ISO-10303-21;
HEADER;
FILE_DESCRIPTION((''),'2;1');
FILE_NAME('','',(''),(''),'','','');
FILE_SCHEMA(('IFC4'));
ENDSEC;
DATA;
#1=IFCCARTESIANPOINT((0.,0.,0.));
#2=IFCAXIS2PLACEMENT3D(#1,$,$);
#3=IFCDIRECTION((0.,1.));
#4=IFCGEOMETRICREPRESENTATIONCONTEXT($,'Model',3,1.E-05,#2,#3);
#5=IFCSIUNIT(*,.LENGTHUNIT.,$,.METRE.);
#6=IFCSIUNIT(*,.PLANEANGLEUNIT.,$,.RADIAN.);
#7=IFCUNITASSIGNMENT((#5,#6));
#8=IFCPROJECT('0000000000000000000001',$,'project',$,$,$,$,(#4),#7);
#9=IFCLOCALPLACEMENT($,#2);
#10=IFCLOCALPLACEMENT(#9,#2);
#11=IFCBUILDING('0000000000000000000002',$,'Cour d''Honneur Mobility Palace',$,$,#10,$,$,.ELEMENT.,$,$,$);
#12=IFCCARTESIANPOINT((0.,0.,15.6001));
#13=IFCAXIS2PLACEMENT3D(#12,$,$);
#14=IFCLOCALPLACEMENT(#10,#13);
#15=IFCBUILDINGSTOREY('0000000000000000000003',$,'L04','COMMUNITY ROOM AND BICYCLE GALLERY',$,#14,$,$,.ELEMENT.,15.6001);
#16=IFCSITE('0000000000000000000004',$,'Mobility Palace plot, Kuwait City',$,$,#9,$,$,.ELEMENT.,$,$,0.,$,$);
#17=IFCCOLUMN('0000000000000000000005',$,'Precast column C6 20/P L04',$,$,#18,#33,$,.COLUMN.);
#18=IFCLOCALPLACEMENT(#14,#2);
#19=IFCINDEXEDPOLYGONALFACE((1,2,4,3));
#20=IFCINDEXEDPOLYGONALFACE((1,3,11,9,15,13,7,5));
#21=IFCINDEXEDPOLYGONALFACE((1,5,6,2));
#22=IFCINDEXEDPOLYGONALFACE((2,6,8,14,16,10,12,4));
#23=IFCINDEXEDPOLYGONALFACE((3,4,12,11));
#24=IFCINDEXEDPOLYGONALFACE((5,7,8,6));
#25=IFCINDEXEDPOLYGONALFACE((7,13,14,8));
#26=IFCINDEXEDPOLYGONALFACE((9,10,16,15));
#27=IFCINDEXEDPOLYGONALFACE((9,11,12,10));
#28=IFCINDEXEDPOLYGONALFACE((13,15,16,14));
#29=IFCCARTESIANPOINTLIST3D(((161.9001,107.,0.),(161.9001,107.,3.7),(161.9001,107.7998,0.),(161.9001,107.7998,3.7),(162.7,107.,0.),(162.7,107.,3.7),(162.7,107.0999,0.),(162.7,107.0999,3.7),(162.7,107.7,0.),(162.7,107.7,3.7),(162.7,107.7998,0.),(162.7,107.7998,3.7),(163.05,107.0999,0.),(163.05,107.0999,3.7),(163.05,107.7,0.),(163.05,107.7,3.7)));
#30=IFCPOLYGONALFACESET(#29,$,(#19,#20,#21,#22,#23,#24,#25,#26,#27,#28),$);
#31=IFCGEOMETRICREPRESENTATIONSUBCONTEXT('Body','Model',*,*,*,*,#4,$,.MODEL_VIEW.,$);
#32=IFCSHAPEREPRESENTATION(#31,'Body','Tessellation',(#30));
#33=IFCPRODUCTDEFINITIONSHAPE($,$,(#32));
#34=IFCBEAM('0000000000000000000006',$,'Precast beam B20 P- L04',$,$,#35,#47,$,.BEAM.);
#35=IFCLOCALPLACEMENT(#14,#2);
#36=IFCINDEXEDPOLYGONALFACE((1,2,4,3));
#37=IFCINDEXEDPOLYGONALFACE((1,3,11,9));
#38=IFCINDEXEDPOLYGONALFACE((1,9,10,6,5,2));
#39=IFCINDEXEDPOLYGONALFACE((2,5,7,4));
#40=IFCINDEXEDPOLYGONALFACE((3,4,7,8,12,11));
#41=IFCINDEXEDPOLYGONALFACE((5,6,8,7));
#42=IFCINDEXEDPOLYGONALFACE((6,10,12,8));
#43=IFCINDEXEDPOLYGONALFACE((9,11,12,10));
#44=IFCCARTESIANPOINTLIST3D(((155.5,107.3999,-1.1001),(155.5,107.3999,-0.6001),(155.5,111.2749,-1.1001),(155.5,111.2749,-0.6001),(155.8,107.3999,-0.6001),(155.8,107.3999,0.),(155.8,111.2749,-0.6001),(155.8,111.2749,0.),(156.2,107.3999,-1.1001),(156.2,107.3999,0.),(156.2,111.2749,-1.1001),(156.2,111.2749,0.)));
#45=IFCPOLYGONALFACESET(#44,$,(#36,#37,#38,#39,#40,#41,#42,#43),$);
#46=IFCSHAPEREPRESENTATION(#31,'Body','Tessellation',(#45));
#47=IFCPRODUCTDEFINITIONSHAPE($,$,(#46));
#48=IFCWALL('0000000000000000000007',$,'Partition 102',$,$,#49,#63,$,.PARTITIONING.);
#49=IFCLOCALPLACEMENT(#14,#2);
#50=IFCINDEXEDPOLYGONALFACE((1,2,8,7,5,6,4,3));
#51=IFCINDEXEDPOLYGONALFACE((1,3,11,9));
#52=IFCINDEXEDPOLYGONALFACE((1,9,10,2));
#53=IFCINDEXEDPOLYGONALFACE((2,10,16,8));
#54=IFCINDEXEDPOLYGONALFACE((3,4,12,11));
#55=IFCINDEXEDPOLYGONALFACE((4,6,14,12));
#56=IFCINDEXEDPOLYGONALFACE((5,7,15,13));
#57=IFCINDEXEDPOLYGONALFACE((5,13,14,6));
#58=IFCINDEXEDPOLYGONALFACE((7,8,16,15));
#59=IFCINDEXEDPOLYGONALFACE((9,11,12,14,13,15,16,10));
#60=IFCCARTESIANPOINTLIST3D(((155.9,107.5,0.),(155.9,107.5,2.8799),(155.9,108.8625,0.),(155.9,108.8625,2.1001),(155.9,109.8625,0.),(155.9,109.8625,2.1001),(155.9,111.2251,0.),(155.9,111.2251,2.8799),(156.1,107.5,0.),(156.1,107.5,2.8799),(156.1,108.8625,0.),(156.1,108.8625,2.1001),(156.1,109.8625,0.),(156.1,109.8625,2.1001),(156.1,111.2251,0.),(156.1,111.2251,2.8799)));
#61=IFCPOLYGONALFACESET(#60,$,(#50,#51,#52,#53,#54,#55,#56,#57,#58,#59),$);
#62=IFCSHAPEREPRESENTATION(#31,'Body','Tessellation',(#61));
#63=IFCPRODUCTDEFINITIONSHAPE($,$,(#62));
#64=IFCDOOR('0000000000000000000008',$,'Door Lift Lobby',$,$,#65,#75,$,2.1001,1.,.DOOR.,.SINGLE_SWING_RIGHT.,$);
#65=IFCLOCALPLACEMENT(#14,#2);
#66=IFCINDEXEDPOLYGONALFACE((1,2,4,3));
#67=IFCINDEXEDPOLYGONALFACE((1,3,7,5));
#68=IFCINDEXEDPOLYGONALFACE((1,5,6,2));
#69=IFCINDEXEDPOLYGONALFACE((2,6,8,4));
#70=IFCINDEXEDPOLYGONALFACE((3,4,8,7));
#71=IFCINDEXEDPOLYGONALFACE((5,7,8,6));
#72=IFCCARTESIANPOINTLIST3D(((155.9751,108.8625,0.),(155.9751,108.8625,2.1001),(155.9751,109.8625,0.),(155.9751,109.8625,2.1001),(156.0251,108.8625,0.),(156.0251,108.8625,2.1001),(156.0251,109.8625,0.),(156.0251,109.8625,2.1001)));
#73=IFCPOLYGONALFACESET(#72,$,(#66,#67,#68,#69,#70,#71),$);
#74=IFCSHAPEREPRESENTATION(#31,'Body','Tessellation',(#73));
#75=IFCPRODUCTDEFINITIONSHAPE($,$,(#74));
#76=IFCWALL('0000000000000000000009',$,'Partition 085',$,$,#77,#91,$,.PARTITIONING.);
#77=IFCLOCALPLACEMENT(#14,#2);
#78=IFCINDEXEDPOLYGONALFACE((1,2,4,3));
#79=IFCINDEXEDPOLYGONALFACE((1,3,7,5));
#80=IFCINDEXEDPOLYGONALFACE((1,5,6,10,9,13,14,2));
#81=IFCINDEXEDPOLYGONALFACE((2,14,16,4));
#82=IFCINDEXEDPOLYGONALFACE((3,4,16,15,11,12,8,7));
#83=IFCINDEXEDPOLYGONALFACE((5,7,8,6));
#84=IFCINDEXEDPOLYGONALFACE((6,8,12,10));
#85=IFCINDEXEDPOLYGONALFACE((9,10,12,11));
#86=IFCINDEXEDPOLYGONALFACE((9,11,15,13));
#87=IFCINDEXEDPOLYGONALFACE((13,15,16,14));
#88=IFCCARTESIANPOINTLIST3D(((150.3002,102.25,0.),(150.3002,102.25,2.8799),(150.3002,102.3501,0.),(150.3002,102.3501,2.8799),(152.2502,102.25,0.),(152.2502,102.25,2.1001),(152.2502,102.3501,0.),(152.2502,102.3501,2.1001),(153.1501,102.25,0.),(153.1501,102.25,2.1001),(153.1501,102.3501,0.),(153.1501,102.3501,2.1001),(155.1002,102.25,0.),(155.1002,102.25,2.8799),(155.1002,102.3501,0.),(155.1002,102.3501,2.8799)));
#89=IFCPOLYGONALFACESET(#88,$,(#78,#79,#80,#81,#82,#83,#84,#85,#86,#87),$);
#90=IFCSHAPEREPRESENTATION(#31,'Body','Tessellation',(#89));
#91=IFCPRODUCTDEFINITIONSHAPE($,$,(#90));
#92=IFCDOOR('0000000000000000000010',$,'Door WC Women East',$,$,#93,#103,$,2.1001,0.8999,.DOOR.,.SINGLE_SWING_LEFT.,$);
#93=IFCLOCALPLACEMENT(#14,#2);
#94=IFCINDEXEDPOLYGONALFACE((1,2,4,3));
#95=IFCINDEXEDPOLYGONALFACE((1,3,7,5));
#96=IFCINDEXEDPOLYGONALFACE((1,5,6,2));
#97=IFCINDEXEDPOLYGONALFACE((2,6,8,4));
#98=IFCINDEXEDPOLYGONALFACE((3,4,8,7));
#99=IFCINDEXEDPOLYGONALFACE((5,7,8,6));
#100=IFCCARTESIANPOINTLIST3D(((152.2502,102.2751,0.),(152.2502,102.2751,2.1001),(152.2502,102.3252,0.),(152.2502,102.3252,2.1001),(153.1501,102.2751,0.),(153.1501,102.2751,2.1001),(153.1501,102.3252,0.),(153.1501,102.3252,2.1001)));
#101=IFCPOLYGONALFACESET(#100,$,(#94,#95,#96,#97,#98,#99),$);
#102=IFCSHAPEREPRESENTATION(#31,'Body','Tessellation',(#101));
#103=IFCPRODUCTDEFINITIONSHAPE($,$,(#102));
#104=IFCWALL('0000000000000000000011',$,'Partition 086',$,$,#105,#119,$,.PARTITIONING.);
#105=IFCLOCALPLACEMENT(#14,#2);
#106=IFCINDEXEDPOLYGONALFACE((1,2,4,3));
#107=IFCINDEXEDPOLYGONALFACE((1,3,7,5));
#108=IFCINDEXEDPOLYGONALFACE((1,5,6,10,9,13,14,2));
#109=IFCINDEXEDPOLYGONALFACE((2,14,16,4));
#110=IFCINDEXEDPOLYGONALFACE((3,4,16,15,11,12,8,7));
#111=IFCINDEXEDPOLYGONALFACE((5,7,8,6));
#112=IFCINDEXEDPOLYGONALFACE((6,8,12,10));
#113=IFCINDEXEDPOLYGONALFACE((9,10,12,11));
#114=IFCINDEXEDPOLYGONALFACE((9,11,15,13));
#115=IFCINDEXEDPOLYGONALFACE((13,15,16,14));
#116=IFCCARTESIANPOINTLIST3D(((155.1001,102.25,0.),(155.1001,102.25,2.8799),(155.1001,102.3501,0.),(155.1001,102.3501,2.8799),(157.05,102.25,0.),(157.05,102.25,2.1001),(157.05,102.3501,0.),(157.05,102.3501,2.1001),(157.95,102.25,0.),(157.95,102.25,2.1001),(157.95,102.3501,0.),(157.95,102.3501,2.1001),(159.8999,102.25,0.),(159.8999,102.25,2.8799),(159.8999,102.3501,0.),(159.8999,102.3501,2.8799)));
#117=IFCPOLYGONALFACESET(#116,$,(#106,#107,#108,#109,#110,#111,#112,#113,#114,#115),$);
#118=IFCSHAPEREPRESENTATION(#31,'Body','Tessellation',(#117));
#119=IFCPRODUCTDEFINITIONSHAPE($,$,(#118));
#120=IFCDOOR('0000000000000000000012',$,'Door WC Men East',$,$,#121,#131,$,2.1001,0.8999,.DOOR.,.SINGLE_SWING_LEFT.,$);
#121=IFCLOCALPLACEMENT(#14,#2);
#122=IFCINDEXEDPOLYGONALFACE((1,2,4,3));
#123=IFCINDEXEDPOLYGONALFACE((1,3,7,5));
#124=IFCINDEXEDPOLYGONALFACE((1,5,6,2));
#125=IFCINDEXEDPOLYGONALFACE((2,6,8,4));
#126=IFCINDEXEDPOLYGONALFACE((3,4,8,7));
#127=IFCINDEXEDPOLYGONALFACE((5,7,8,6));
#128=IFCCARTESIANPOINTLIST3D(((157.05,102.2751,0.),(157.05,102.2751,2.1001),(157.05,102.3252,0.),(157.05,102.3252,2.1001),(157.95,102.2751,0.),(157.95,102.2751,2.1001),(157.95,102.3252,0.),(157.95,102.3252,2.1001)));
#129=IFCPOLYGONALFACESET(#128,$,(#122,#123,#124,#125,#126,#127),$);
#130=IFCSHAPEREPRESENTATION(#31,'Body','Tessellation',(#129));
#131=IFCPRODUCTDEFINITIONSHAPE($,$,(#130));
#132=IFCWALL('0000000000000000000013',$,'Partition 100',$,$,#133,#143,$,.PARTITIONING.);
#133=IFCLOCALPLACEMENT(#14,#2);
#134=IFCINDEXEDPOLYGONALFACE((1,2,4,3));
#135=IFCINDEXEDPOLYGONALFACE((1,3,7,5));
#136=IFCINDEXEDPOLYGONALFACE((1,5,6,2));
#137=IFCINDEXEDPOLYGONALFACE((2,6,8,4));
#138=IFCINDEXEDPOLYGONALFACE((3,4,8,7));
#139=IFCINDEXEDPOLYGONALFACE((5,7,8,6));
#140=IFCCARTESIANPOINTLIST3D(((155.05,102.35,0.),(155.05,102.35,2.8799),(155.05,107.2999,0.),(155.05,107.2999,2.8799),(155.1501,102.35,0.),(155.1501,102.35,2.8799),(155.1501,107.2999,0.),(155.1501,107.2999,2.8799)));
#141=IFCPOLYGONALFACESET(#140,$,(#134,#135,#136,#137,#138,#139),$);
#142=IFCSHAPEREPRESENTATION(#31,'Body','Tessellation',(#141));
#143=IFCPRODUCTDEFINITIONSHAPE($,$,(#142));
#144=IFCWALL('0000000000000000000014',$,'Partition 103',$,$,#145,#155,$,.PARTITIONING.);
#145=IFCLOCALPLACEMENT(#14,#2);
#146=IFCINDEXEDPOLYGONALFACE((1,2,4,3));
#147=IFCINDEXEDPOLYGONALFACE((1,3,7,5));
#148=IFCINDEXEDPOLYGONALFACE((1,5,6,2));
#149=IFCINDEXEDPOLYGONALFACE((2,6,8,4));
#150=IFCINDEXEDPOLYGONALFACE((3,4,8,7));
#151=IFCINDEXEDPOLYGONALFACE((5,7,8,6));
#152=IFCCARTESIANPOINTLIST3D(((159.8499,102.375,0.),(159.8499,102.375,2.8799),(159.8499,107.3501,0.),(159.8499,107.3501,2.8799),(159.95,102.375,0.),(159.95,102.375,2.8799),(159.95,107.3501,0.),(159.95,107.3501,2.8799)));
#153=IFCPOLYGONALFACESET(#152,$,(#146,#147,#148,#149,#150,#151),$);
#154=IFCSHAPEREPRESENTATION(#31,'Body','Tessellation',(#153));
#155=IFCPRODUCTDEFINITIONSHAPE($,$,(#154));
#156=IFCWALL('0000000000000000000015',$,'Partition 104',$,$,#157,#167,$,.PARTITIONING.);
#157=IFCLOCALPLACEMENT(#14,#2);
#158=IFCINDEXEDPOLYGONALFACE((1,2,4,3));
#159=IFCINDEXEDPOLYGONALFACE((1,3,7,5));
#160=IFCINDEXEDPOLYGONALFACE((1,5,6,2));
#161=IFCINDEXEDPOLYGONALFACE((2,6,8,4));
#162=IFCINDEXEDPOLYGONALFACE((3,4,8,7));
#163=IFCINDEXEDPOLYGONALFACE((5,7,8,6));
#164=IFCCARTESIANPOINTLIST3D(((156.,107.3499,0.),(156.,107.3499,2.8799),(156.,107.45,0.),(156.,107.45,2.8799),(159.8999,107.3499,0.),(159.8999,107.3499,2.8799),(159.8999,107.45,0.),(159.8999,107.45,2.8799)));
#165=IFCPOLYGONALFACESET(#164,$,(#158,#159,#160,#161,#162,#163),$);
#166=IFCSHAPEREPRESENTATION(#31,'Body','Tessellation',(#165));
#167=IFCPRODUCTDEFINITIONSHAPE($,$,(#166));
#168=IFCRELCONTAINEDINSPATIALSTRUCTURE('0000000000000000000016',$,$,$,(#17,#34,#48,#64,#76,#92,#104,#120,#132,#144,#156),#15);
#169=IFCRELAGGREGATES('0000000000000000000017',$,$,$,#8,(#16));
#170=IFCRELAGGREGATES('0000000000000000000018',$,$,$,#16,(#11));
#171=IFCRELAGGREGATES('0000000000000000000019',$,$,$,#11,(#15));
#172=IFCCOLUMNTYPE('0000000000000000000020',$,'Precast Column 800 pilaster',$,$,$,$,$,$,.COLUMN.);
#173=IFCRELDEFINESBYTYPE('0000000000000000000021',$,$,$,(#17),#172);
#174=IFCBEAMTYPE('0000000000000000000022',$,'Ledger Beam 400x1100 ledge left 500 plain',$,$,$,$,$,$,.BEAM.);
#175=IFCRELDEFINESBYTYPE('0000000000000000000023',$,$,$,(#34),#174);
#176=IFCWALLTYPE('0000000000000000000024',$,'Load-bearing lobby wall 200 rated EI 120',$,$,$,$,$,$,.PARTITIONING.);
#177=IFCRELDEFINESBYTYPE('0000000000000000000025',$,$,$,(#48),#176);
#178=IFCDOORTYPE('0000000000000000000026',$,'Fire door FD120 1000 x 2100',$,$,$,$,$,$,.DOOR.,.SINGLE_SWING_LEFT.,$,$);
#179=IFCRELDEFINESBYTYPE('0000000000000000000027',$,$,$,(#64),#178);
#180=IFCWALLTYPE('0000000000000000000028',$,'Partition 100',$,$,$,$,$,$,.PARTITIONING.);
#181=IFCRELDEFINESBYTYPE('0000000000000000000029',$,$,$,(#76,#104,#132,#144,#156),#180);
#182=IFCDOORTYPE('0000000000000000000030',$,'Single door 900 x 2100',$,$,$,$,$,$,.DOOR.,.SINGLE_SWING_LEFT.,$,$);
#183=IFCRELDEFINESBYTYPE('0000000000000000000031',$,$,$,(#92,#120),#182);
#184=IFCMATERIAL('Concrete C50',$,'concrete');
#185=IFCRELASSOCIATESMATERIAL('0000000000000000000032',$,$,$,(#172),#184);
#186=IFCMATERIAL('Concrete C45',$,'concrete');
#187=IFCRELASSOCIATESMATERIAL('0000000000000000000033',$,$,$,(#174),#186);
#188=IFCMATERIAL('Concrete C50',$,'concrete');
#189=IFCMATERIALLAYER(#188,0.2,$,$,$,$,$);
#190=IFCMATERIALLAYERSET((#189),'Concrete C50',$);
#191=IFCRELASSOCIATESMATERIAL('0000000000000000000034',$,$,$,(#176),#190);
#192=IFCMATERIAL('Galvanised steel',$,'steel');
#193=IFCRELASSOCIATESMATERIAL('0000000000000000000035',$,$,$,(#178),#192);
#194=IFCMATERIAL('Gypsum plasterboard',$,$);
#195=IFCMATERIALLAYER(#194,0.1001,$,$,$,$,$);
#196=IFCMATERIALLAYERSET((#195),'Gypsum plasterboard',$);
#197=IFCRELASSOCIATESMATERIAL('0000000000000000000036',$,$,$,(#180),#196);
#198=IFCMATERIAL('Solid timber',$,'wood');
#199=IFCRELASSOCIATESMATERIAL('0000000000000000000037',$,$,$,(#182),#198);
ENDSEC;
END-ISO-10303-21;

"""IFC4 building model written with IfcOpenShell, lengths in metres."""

from ifc_helpers import new_model, si_unit, direction, frame, frame_2d, origin, place, context, subcontext, project, spatial, polyline, rectangle, outline, extrude, material, layer, layer_set, material_profile, profile_set, type_object, element, fill, save


model = new_model("IFC4")

# Units and contexts
model_context = context("Model", 3, precision=1e-05, world=origin(), true_north=direction((0.0, 1.0)))
body_context = subcontext(model_context, "Body", "Model", "MODEL_VIEW")
ifc_project = project(units=[si_unit("LENGTHUNIT", "METRE"), si_unit("PLANEANGLEUNIT", "RADIAN")], contexts=[model_context])

# Site, building, storey
site_placement = place(None, origin())
site = spatial("IfcSite", under=ifc_project, at=site_placement, Name="Mobility Palace plot, Kuwait City", CompositionType="ELEMENT", RefElevation=0.0)
building_placement = place(site_placement, origin())
building = spatial("IfcBuilding", under=site, at=building_placement, Name="Cour d'Honneur Mobility Palace", CompositionType="ELEMENT")
storey_placement = place(building_placement, frame((0.0, 0.0, 15.6001)))
storey = spatial("IfcBuildingStorey", under=building, at=storey_placement, Name="L04", Description="COMMUNITY ROOM AND BICYCLE GALLERY", CompositionType="ELEMENT", Elevation=15.6001)

# Column
ifc_material_1 = material(Name="Concrete C50", Category="concrete")
ifc_material_profile_1 = material_profile(ifc_material_1, outline(polyline([(-0.3999, -0.3999), (0.3999, -0.3999), (0.3999, -0.3), (0.75, -0.3), (0.75, 0.3), (0.3999, 0.3), (0.3999, 0.3999), (-0.3999, 0.3999), (-0.3999, -0.3999)])), Name="PC C800 pilaster")
ifc_profile_set_1 = profile_set([ifc_material_profile_1], Name="Concrete C50")
column_type = type_object("IfcColumnType", Name="Precast Column 800 pilaster", PredefinedType="COLUMN", material=ifc_profile_set_1)
column_placement = place(storey_placement, frame((162.3, 107.3999, 0.0), z_axis=(0.0, 0.0, 1.0), x_axis=(1.0, 0.0, 0.0)))
element("IfcColumn", 1, at=column_placement, inside=storey, type_object=column_type, Name="Precast column C6 20/P L04", PredefinedType="COLUMN", context=body_context, shape_type="SweptSolid", body=[
    extrude(outline(polyline([(-0.3999, -0.3999), (0.3999, -0.3999), (0.3999, -0.3), (0.75, -0.3), (0.75, 0.3), (0.3999, 0.3), (0.3999, 0.3999), (-0.3999, 0.3999), (-0.3999, -0.3999)])), origin(), (0.0, 0.0, 1.0), 3.7),
])

# Beam
ifc_material_2 = material(Name="Concrete C45", Category="concrete")
ifc_material_profile_2 = material_profile(ifc_material_2, outline(polyline([(0.5, -1.1001), (0.5, -0.6001), (0.2, -0.6001), (0.2, 0.0), (-0.2, 0.0), (-0.2, -1.1001), (0.5, -1.1001)])), Name="Ledger Beam 400x1100 ledge left 500 plain")
ifc_profile_set_2 = profile_set([ifc_material_profile_2], Name="Concrete C45")
beam_type = type_object("IfcBeamType", Name="Ledger Beam 400x1100 ledge left 500 plain", PredefinedType="BEAM", material=ifc_profile_set_2)
beam_placement = place(storey_placement, frame((156.0, 107.3999, 0.0), z_axis=(0.0, 1.0, 0.0), x_axis=(-1.0, 0.0, 0.0)))
element("IfcBeam", 2, at=beam_placement, inside=storey, type_object=beam_type, Name="Precast beam B20 P- L04", PredefinedType="BEAM", context=body_context, shape_type="SweptSolid", body=[
    extrude(outline(polyline([(0.5, -1.1001), (0.5, -0.6001), (0.2, -0.6001), (0.2, 0.0), (-0.2, 0.0), (-0.2, -1.1001), (0.5, -1.1001)])), origin(), (0.0, 0.0, 1.0), 3.875),
])

# Walls, openings, doors
ifc_material_3 = material(Name="Concrete C50", Category="concrete")
ifc_layer_1 = layer(ifc_material_3, 0.2)
ifc_layer_set_1 = layer_set([ifc_layer_1], Name="Concrete C50")
wall_type_1 = type_object("IfcWallType", Name="Load-bearing lobby wall 200 rated EI 120", PredefinedType="PARTITIONING", material=ifc_layer_set_1)
wall_1_placement = place(storey_placement, frame((156.0, 107.5, 0.0), z_axis=(0.0, 0.0, 1.0), x_axis=(0.0, 1.0, 0.0)))
wall_1 = element("IfcWall", 3, at=wall_1_placement, inside=storey, type_object=wall_type_1, Name="Partition 102", PredefinedType="PARTITIONING", context=body_context, shape_type="SweptSolid", body=[
    extrude(rectangle(XDim=3.7251, YDim=0.2, at=frame_2d((1.8625, 0.0))), origin(), (0.0, 0.0, 1.0), 2.8799),
])
opening_1_placement = place(wall_1_placement, frame((1.3625, 0.0, 0.0)))
opening_1 = element("IfcOpeningElement", 4, at=opening_1_placement, cuts=wall_1, PredefinedType="OPENING", context=body_context, shape_type="SweptSolid", body=[
    extrude(rectangle(XDim=1.0, YDim=2.1001, at=frame_2d((0.5, 1.05))), frame((0.0, 0.1099, 0.0), z_axis=(0.0, -1.0, 0.0), x_axis=(1.0, 0.0, 0.0)), (0.0, 0.0, 1.0), 0.22),
])
ifc_material_4 = material(Name="Galvanised steel", Category="steel")
door_type_1 = type_object("IfcDoorType", Name="Fire door FD120 1000 x 2100", OperationType="SINGLE_SWING_LEFT", PredefinedType="DOOR", material=ifc_material_4)
door_1_placement = place(opening_1_placement, origin())
door_1 = element("IfcDoor", 5, at=door_1_placement, inside=storey, type_object=door_type_1, Name="Door Lift Lobby", OperationType="SINGLE_SWING_RIGHT", OverallHeight=2.1001, OverallWidth=1.0, PredefinedType="DOOR", context=body_context, shape_type="SweptSolid", body=[
    extrude(rectangle(XDim=1.0, YDim=2.1001, at=frame_2d((0.5, 1.05))), frame((0.0, 0.0249, 0.0), z_axis=(0.0, -1.0, 0.0), x_axis=(1.0, 0.0, 0.0)), (0.0, 0.0, 1.0), 0.05),
])
fill(opening_1, door_1)
ifc_material_5 = material(Name="Gypsum plasterboard")
ifc_layer_2 = layer(ifc_material_5, 0.1001)
ifc_layer_set_2 = layer_set([ifc_layer_2], Name="Gypsum plasterboard")
wall_type_2 = type_object("IfcWallType", Name="Partition 100", PredefinedType="PARTITIONING", material=ifc_layer_set_2)
wall_2_placement = place(storey_placement, frame((155.1001, 102.3, 0.0), z_axis=(0.0, 0.0, 1.0), x_axis=(-1.0, 0.0, 0.0)))
wall_2 = element("IfcWall", 6, at=wall_2_placement, inside=storey, type_object=wall_type_2, Name="Partition 085", PredefinedType="PARTITIONING", context=body_context, shape_type="SweptSolid", body=[
    extrude(rectangle(XDim=4.8, YDim=0.1001, at=frame_2d((2.3999, 0.0))), origin(), (0.0, 0.0, 1.0), 2.8799),
])
opening_2_placement = place(wall_2_placement, frame((1.95, 0.0, 0.0)))
opening_2 = element("IfcOpeningElement", 7, at=opening_2_placement, cuts=wall_2, PredefinedType="OPENING", context=body_context, shape_type="SweptSolid", body=[
    extrude(rectangle(XDim=0.8999, YDim=2.1001, at=frame_2d((0.45, 1.05))), frame((0.0, 0.0601, 0.0), z_axis=(0.0, -1.0, 0.0), x_axis=(1.0, 0.0, 0.0)), (0.0, 0.0, 1.0), 0.1201),
])
ifc_material_6 = material(Name="Solid timber", Category="wood")
door_type_2 = type_object("IfcDoorType", Name="Single door 900 x 2100", OperationType="SINGLE_SWING_LEFT", PredefinedType="DOOR", material=ifc_material_6)
door_2_placement = place(opening_2_placement, origin())
door_2 = element("IfcDoor", 8, at=door_2_placement, inside=storey, type_object=door_type_2, Name="Door WC Women East", OperationType="SINGLE_SWING_LEFT", OverallHeight=2.1001, OverallWidth=0.8999, PredefinedType="DOOR", context=body_context, shape_type="SweptSolid", body=[
    extrude(rectangle(XDim=0.8999, YDim=2.1001, at=frame_2d((0.45, 1.05))), frame((0.0, 0.0249, 0.0), z_axis=(0.0, -1.0, 0.0), x_axis=(1.0, 0.0, 0.0)), (0.0, 0.0, 1.0), 0.05),
])
fill(opening_2, door_2)
wall_3_placement = place(storey_placement, frame((159.8999, 102.3, 0.0), z_axis=(0.0, 0.0, 1.0), x_axis=(-1.0, 0.0, 0.0)))
wall_3 = element("IfcWall", 9, at=wall_3_placement, inside=storey, type_object=wall_type_2, Name="Partition 086", PredefinedType="PARTITIONING", context=body_context, shape_type="SweptSolid", body=[
    extrude(rectangle(XDim=4.7998, YDim=0.1001, at=frame_2d((2.3999, 0.0))), origin(), (0.0, 0.0, 1.0), 2.8799),
])
opening_3_placement = place(wall_3_placement, frame((1.95, 0.0, 0.0)))
opening_3 = element("IfcOpeningElement", 10, at=opening_3_placement, cuts=wall_3, PredefinedType="OPENING", context=body_context, shape_type="SweptSolid", body=[
    extrude(rectangle(XDim=0.8999, YDim=2.1001, at=frame_2d((0.45, 1.05))), frame((0.0, 0.0601, 0.0), z_axis=(0.0, -1.0, 0.0), x_axis=(1.0, 0.0, 0.0)), (0.0, 0.0, 1.0), 0.1201),
])
door_3_placement = place(opening_3_placement, origin())
door_3 = element("IfcDoor", 11, at=door_3_placement, inside=storey, type_object=door_type_2, Name="Door WC Men East", OperationType="SINGLE_SWING_LEFT", OverallHeight=2.1001, OverallWidth=0.8999, PredefinedType="DOOR", context=body_context, shape_type="SweptSolid", body=[
    extrude(rectangle(XDim=0.8999, YDim=2.1001, at=frame_2d((0.45, 1.05))), frame((0.0, 0.0249, 0.0), z_axis=(0.0, -1.0, 0.0), x_axis=(1.0, 0.0, 0.0)), (0.0, 0.0, 1.0), 0.05),
])
fill(opening_3, door_3)

# Walls
wall_4_placement = place(storey_placement, frame((155.1001, 107.3, 0.0), z_axis=(0.0, 0.0, 1.0), x_axis=(0.0, -1.0, 0.0)))
element("IfcWall", 12, at=wall_4_placement, inside=storey, type_object=wall_type_2, Name="Partition 100", PredefinedType="PARTITIONING", context=body_context, shape_type="SweptSolid", body=[
    extrude(rectangle(XDim=4.95, YDim=0.1001, at=frame_2d((2.4751, 0.0))), origin(), (0.0, 0.0, 1.0), 2.8799),
])
wall_5_placement = place(storey_placement, frame((159.8999, 107.3501, 0.0), z_axis=(0.0, 0.0, 1.0), x_axis=(0.0, -1.0, 0.0)))
element("IfcWall", 13, at=wall_5_placement, inside=storey, type_object=wall_type_2, Name="Partition 103", PredefinedType="PARTITIONING", context=body_context, shape_type="SweptSolid", body=[
    extrude(rectangle(XDim=4.9751, YDim=0.1001, at=frame_2d((2.4875, 0.0))), origin(), (0.0, 0.0, 1.0), 2.8799),
])
wall_6_placement = place(storey_placement, frame((159.8999, 107.3999, 0.0), z_axis=(0.0, 0.0, 1.0), x_axis=(-1.0, 0.0, 0.0)))
element("IfcWall", 14, at=wall_6_placement, inside=storey, type_object=wall_type_2, Name="Partition 104", PredefinedType="PARTITIONING", context=body_context, shape_type="SweptSolid", body=[
    extrude(rectangle(XDim=3.8999, YDim=0.1001, at=frame_2d((1.95, 0.0))), origin(), (0.0, 0.0, 1.0), 2.8799),
])

save(model, "model.ifc")
